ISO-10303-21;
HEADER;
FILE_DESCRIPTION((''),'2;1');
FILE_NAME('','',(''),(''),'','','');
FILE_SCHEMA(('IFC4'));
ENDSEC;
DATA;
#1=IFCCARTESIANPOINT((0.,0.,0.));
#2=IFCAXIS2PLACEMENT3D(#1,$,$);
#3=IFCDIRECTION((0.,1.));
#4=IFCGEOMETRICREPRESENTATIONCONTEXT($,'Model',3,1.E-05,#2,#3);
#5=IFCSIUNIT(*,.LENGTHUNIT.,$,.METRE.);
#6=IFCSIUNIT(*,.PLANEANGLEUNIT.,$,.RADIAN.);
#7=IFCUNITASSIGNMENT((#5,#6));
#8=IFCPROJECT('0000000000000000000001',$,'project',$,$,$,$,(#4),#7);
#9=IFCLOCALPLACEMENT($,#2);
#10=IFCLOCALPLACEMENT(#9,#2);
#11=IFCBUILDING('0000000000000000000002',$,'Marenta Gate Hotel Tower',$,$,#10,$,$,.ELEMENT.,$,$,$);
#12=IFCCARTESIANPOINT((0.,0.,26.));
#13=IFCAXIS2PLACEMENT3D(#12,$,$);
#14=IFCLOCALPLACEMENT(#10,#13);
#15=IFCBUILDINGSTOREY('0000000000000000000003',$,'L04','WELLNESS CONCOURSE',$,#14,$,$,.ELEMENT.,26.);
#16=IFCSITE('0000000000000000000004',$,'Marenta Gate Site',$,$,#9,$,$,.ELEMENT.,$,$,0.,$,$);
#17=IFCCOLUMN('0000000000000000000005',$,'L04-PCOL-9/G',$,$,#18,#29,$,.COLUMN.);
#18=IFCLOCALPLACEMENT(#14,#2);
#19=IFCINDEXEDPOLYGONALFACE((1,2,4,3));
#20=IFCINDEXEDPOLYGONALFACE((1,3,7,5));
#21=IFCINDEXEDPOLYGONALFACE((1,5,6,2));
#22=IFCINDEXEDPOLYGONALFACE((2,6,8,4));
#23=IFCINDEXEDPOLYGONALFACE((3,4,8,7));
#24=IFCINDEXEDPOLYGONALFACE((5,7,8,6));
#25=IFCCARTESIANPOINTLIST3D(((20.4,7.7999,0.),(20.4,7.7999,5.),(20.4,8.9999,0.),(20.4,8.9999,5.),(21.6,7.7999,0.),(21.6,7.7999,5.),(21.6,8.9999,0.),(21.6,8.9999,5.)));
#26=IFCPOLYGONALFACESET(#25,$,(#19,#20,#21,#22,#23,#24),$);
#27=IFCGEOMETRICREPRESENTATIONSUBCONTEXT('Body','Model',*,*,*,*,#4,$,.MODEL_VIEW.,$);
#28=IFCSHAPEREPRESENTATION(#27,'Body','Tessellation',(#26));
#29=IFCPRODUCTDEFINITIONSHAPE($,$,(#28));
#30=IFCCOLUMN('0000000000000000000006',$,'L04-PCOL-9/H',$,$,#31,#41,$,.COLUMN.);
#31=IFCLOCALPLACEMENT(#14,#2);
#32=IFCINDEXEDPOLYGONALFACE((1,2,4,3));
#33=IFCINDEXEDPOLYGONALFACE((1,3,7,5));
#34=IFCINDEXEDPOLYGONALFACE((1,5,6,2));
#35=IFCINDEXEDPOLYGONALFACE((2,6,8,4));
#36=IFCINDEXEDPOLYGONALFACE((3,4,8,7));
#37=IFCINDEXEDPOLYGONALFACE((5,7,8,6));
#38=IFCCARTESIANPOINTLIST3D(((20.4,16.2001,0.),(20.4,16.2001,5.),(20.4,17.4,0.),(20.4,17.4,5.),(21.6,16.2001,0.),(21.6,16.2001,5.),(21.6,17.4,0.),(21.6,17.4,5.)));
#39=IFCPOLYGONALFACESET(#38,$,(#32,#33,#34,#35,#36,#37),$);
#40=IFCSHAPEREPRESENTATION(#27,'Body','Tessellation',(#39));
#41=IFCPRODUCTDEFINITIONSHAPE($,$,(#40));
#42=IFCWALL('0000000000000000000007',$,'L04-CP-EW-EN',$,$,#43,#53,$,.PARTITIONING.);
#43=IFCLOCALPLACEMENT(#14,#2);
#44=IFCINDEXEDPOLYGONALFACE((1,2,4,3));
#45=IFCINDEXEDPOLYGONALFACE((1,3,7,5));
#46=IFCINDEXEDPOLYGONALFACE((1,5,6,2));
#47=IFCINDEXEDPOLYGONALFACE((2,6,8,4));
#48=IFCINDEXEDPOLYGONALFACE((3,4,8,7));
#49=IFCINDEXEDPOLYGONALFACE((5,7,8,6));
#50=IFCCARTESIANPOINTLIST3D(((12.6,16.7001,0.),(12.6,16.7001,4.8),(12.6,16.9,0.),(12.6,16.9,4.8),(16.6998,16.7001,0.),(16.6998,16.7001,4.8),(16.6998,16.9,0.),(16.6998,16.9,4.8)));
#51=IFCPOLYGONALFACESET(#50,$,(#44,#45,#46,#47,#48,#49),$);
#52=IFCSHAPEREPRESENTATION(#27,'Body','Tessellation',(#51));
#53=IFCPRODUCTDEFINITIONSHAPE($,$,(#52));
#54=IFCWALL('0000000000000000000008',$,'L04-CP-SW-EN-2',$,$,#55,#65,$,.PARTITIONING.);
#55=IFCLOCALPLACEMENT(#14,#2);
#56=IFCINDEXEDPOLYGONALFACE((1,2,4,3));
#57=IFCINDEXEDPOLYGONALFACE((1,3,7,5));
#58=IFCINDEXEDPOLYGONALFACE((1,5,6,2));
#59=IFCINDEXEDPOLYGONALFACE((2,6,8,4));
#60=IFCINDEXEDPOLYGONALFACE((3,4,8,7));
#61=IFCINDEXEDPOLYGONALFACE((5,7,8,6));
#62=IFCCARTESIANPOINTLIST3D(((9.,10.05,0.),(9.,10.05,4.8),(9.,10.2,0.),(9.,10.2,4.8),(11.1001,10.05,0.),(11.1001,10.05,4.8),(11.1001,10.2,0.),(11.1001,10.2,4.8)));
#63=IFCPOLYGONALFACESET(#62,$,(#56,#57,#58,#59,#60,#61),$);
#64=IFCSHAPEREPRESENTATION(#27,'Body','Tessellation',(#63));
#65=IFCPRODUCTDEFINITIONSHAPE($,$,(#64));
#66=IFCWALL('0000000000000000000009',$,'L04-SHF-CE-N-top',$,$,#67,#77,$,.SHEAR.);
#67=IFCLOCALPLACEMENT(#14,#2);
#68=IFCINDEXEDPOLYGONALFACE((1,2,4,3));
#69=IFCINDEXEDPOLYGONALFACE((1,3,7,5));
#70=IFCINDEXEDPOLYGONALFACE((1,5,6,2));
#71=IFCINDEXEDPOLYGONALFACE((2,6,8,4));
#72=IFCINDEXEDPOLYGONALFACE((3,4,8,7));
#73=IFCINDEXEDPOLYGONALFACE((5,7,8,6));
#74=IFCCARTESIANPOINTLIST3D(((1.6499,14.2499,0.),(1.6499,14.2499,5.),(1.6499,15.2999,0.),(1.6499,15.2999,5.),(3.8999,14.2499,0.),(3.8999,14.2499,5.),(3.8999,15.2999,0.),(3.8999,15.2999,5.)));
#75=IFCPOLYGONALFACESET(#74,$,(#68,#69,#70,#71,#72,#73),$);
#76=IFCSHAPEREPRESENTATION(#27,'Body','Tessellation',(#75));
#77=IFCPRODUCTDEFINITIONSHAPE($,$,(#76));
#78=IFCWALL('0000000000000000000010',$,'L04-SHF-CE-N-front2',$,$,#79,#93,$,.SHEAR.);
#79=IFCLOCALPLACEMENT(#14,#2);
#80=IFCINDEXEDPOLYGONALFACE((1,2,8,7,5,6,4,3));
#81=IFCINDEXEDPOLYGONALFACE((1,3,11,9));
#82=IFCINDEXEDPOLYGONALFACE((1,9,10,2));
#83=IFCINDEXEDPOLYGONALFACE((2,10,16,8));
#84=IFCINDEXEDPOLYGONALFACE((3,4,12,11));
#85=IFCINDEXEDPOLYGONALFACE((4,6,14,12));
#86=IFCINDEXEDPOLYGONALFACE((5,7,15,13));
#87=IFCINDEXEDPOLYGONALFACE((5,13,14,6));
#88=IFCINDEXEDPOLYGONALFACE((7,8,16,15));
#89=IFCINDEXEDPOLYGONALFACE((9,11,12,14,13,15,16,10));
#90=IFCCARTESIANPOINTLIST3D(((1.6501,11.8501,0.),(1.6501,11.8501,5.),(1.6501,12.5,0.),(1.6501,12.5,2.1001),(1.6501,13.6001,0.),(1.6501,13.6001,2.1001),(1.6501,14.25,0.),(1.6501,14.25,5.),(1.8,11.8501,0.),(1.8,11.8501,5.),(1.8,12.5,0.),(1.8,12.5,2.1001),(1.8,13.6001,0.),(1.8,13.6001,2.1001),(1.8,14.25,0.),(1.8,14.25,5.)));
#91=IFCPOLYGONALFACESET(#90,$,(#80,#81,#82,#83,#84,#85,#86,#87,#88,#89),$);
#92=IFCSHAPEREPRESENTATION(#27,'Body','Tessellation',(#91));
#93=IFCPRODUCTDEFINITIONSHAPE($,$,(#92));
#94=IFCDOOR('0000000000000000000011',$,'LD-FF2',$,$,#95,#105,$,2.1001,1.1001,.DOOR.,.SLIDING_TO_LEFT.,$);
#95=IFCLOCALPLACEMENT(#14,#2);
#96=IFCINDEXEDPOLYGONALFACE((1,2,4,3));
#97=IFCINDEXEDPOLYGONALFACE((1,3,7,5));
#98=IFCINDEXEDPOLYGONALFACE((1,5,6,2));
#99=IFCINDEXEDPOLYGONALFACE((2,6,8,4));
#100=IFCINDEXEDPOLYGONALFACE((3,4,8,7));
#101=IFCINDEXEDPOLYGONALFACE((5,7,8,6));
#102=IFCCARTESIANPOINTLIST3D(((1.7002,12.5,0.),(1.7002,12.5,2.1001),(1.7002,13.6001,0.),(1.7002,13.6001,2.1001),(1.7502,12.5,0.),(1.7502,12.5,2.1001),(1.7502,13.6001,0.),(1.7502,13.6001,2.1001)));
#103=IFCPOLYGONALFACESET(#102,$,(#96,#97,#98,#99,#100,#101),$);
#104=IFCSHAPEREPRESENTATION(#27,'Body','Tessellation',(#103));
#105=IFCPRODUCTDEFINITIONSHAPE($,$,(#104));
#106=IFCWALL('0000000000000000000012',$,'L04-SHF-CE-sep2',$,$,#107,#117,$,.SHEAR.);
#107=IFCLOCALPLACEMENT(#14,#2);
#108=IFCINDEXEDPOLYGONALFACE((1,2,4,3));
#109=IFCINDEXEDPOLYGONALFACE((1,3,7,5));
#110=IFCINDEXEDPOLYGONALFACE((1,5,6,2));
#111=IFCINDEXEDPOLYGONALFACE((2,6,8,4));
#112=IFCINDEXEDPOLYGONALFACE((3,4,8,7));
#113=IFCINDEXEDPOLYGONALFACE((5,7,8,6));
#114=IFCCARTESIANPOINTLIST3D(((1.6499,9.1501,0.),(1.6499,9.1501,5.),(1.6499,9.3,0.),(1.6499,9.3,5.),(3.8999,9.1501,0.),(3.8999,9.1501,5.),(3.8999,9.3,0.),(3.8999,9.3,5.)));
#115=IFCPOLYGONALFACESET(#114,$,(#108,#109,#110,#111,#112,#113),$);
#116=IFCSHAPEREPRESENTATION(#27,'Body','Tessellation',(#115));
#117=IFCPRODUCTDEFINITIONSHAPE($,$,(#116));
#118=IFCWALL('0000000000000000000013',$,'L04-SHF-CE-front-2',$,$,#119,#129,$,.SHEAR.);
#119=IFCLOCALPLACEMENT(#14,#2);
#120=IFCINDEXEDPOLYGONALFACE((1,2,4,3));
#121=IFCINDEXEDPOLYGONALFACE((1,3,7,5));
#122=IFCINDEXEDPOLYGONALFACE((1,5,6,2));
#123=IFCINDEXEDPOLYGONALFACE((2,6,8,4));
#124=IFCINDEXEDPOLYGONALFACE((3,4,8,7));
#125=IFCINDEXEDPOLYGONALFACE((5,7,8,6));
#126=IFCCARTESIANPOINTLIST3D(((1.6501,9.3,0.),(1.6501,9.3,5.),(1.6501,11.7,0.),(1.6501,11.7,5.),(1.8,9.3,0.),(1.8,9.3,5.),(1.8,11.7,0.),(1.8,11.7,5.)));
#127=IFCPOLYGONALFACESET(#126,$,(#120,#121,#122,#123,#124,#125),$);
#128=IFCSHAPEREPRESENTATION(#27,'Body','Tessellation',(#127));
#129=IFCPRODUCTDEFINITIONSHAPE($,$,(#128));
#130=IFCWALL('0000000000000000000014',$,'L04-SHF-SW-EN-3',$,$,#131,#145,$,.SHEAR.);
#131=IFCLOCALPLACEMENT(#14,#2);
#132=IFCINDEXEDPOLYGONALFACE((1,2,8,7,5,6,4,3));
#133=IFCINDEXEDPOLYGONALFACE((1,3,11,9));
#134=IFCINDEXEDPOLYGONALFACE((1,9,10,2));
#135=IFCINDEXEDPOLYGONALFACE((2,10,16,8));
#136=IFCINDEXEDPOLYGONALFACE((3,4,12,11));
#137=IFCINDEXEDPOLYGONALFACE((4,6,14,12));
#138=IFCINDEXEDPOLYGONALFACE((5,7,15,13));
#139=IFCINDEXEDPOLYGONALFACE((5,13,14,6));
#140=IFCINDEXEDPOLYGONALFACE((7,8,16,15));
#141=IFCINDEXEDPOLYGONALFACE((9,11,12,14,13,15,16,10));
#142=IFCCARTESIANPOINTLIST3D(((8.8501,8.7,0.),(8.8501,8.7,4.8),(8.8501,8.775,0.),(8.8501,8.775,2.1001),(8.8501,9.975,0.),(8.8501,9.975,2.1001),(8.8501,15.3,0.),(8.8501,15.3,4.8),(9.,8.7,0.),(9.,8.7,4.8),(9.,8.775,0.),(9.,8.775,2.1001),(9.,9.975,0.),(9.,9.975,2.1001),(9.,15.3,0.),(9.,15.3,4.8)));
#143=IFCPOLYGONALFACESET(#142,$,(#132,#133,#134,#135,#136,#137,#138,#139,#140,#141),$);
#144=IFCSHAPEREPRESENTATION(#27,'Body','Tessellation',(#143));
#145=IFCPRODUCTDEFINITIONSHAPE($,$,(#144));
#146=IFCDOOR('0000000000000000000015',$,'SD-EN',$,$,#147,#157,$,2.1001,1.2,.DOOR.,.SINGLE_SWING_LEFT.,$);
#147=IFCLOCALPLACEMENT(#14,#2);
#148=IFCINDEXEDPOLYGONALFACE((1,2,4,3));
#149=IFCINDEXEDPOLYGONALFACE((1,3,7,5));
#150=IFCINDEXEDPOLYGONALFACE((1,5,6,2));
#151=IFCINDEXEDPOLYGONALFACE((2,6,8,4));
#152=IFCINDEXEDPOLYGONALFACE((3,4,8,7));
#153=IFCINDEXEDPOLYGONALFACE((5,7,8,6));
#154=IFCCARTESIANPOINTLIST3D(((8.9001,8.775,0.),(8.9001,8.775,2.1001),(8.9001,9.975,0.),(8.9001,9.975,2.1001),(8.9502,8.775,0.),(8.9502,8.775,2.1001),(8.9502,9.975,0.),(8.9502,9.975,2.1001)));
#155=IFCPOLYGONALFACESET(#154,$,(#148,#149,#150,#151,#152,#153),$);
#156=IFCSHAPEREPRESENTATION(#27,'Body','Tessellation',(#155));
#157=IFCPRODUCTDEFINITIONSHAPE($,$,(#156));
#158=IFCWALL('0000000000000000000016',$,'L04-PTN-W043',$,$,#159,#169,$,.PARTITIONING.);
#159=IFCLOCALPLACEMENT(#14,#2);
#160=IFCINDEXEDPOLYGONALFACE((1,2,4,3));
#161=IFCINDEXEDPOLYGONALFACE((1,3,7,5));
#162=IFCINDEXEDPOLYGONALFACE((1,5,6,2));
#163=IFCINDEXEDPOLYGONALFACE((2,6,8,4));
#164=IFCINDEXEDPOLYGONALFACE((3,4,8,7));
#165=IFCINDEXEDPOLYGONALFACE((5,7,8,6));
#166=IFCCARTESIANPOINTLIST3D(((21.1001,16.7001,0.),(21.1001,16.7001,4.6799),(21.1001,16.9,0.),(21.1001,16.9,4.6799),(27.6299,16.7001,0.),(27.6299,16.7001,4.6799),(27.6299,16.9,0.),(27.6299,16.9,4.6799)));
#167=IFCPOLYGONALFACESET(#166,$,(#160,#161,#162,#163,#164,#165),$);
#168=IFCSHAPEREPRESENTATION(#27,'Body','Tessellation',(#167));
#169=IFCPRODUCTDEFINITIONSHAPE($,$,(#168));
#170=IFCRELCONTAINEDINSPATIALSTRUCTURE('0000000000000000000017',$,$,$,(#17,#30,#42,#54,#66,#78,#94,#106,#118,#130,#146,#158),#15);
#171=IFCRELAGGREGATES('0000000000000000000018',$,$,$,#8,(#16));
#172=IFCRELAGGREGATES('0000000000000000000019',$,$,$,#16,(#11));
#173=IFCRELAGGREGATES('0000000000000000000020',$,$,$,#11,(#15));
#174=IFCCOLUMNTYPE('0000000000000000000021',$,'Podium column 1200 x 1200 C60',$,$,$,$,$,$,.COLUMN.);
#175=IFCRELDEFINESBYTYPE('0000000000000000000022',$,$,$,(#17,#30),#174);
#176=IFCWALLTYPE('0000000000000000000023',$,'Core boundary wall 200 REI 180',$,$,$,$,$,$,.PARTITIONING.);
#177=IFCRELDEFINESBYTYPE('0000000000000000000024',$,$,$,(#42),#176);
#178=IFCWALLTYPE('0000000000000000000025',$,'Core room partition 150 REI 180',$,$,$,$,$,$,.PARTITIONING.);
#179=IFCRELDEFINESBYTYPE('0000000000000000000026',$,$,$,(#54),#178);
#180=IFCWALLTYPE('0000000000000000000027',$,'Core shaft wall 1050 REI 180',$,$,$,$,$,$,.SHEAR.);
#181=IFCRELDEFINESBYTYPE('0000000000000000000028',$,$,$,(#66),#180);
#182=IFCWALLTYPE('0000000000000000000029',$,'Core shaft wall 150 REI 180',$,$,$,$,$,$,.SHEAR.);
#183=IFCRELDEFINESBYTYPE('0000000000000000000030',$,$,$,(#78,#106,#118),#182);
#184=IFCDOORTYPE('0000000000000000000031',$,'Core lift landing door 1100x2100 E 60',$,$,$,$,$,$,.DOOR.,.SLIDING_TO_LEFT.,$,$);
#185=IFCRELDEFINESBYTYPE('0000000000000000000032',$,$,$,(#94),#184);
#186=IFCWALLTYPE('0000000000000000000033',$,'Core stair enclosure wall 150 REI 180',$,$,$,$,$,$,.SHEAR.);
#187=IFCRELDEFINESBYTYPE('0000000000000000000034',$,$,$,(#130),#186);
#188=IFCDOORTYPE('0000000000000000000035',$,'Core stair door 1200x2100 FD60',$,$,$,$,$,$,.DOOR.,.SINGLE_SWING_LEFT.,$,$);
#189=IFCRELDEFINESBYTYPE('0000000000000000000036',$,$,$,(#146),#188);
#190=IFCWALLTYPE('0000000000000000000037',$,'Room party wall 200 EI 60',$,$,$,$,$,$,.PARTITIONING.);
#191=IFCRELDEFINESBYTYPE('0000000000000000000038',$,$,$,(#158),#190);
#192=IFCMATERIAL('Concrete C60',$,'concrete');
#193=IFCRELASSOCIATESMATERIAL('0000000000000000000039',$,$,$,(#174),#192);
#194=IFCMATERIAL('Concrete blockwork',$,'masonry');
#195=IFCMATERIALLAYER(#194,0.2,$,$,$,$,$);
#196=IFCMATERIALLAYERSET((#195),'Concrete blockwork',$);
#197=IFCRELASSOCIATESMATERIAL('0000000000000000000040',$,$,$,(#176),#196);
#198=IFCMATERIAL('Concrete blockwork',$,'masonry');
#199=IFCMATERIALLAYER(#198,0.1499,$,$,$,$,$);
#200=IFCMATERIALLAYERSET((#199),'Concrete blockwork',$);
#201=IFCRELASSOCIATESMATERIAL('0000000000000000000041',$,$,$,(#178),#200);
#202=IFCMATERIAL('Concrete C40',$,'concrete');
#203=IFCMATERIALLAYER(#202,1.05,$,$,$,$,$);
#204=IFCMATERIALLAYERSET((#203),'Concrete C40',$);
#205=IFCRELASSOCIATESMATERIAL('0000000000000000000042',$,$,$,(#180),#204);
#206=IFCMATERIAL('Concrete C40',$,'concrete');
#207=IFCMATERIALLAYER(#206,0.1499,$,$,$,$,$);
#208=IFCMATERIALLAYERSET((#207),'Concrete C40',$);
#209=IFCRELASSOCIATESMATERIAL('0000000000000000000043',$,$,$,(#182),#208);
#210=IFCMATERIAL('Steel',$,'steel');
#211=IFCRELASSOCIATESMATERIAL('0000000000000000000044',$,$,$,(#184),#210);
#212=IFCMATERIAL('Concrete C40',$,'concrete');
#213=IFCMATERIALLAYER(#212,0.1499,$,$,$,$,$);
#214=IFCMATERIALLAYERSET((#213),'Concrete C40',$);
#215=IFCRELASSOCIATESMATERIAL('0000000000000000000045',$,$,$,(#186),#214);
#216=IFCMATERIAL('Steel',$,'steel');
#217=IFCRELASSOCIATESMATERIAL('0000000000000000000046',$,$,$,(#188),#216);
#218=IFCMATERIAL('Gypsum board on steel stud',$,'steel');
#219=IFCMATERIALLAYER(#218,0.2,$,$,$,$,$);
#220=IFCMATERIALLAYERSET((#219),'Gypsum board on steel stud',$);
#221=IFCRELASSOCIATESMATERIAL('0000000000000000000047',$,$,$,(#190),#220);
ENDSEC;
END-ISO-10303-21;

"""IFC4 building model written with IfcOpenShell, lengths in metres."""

from ifc_helpers import new_model, si_unit, direction, frame, frame_2d, origin, origin_2d, place, context, subcontext, project, spatial, rectangle, extrude, material, layer, layer_set, material_profile, profile_set, type_object, element, fill, save


model = new_model("IFC4")

# Units and contexts
model_context = context("Model", 3, precision=1e-05, world=origin(), true_north=direction((0.0, 1.0)))
body_context = subcontext(model_context, "Body", "Model", "MODEL_VIEW")
ifc_project = project(units=[si_unit("LENGTHUNIT", "METRE"), si_unit("PLANEANGLEUNIT", "RADIAN")], contexts=[model_context])

# Site, building, storey
site_placement = place(None, origin())
site = spatial("IfcSite", under=ifc_project, at=site_placement, Name="Marenta Gate Site", CompositionType="ELEMENT", RefElevation=0.0)
building_placement = place(site_placement, origin())
building = spatial("IfcBuilding", under=site, at=building_placement, Name="Marenta Gate Hotel Tower", CompositionType="ELEMENT")
storey_placement = place(building_placement, frame((0.0, 0.0, 26.0)))
storey = spatial("IfcBuildingStorey", under=building, at=storey_placement, Name="L04", Description="WELLNESS CONCOURSE", CompositionType="ELEMENT", Elevation=26.0)

# Columns
ifc_material_1 = material(Name="Concrete C60", Category="concrete")
ifc_material_profile = material_profile(ifc_material_1, rectangle(XDim=1.2, YDim=1.2, at=origin_2d()), Name="1200 x 1200")
ifc_profile_set = profile_set([ifc_material_profile], Name="Concrete C60")
column_type = type_object("IfcColumnType", Name="Podium column 1200 x 1200 C60", PredefinedType="COLUMN", material=ifc_profile_set)
for number, where, z_axis, x_axis, name in (
    (1, (21.0, 8.3999, 0.0), (0.0, 0.0, 1.0), (1.0, 0.0, 0.0), "L04-PCOL-9/G"),
    (2, (21.0, 16.8, 0.0), (0.0, 0.0, 1.0), (1.0, 0.0, 0.0), "L04-PCOL-9/H"),
):
    element("IfcColumn", number, at=place(storey_placement, frame(where, z_axis=z_axis, x_axis=x_axis)), inside=storey, type_object=column_type, Name=name, PredefinedType="COLUMN", context=body_context, shape_type="SweptSolid", body=[
        extrude(rectangle(XDim=1.2, YDim=1.2, at=origin_2d()), origin(), (0.0, 0.0, 1.0), 5.0),
    ])

# Walls
ifc_material_2 = material(Name="Concrete blockwork", Category="masonry")
ifc_layer_1 = layer(ifc_material_2, 0.2)
ifc_layer_set_1 = layer_set([ifc_layer_1], Name="Concrete blockwork")
wall_type_1 = type_object("IfcWallType", Name="Core boundary wall 200 REI 180", PredefinedType="PARTITIONING", material=ifc_layer_set_1)
wall_1_placement = place(storey_placement, frame((12.6001, 16.8, 0.0), z_axis=(0.0, 0.0, 1.0), x_axis=(1.0, 0.0, 0.0)))
element("IfcWall", 3, at=wall_1_placement, inside=storey, type_object=wall_type_1, Name="L04-CP-EW-EN", PredefinedType="PARTITIONING", context=body_context, shape_type="SweptSolid", body=[
    extrude(rectangle(XDim=4.0999, YDim=0.2, at=frame_2d((2.0498, 0.0))), origin(), (0.0, 0.0, 1.0), 4.8),
])
ifc_material_3 = material(Name="Concrete blockwork", Category="masonry")
ifc_layer_2 = layer(ifc_material_3, 0.1499)
ifc_layer_set_2 = layer_set([ifc_layer_2], Name="Concrete blockwork")
wall_type_2 = type_object("IfcWallType", Name="Core room partition 150 REI 180", PredefinedType="PARTITIONING", material=ifc_layer_set_2)
wall_2_placement = place(storey_placement, frame((9.0, 10.125, 0.0), z_axis=(0.0, 0.0, 1.0), x_axis=(1.0, 0.0, 0.0)))
element("IfcWall", 4, at=wall_2_placement, inside=storey, type_object=wall_type_2, Name="L04-CP-SW-EN-2", PredefinedType="PARTITIONING", context=body_context, shape_type="SweptSolid", body=[
    extrude(rectangle(XDim=2.1001, YDim=0.1499, at=frame_2d((1.05, 0.0))), origin(), (0.0, 0.0, 1.0), 4.8),
])
ifc_material_4 = material(Name="Concrete C40", Category="concrete")
ifc_layer_3 = layer(ifc_material_4, 1.05)
ifc_layer_set_3 = layer_set([ifc_layer_3], Name="Concrete C40")
wall_type_3 = type_object("IfcWallType", Name="Core shaft wall 1050 REI 180", PredefinedType="SHEAR", material=ifc_layer_set_3)
wall_3_placement = place(storey_placement, frame((1.6499, 14.7749, 0.0), z_axis=(0.0, 0.0, 1.0), x_axis=(1.0, 0.0, 0.0)))
element("IfcWall", 5, at=wall_3_placement, inside=storey, type_object=wall_type_3, Name="L04-SHF-CE-N-top", PredefinedType="SHEAR", context=body_context, shape_type="SweptSolid", body=[
    extrude(rectangle(XDim=2.25, YDim=1.05, at=frame_2d((1.125, 0.0))), origin(), (0.0, 0.0, 1.0), 5.0),
])

# Wall, opening, door
ifc_material_5 = material(Name="Concrete C40", Category="concrete")
ifc_layer_4 = layer(ifc_material_5, 0.1499)
ifc_layer_set_4 = layer_set([ifc_layer_4], Name="Concrete C40")
wall_type_4 = type_object("IfcWallType", Name="Core shaft wall 150 REI 180", PredefinedType="SHEAR", material=ifc_layer_set_4)
wall_4_placement = place(storey_placement, frame((1.7251, 11.8501, 0.0), z_axis=(0.0, 0.0, 1.0), x_axis=(0.0, 1.0, 0.0)))
wall_4 = element("IfcWall", 6, at=wall_4_placement, inside=storey, type_object=wall_type_4, Name="L04-SHF-CE-N-front2", PredefinedType="SHEAR", context=body_context, shape_type="SweptSolid", body=[
    extrude(rectangle(XDim=2.3999, YDim=0.1499, at=frame_2d((1.2, 0.0))), origin(), (0.0, 0.0, 1.0), 5.0),
])
opening_1_placement = place(wall_4_placement, frame((0.6499, 0.0, 0.0)))
opening_1 = element("IfcOpeningElement", 7, at=opening_1_placement, cuts=wall_4, PredefinedType="OPENING", context=body_context, shape_type="SweptSolid", body=[
    extrude(rectangle(XDim=1.1001, YDim=2.1001, at=frame_2d((0.55, 1.05))), frame((0.0, 0.075, 0.0), z_axis=(0.0, -1.0, 0.0), x_axis=(1.0, 0.0, 0.0)), (0.0, 0.0, 1.0), 0.1499),
])
ifc_material_6 = material(Name="Steel", Category="steel")
door_type_1 = type_object("IfcDoorType", Name="Core lift landing door 1100x2100 E 60", OperationType="SLIDING_TO_LEFT", PredefinedType="DOOR", material=ifc_material_6)
door_1_placement = place(opening_1_placement, origin())
door_1 = element("IfcDoor", 8, at=door_1_placement, inside=storey, type_object=door_type_1, Name="LD-FF2", OperationType="SLIDING_TO_LEFT", OverallHeight=2.1001, OverallWidth=1.1001, PredefinedType="DOOR", context=body_context, shape_type="SweptSolid", body=[
    extrude(rectangle(XDim=1.1001, YDim=2.1001, at=frame_2d((0.55, 1.05))), frame((0.0, 0.0249, 0.0), z_axis=(0.0, -1.0, 0.0), x_axis=(1.0, 0.0, 0.0)), (0.0, 0.0, 1.0), 0.05),
])
fill(opening_1, door_1)

# Walls
wall_5_placement = place(storey_placement, frame((1.6499, 9.2251, 0.0), z_axis=(0.0, 0.0, 1.0), x_axis=(1.0, 0.0, 0.0)))
element("IfcWall", 9, at=wall_5_placement, inside=storey, type_object=wall_type_4, Name="L04-SHF-CE-sep2", PredefinedType="SHEAR", context=body_context, shape_type="SweptSolid", body=[
    extrude(rectangle(XDim=2.25, YDim=0.1499, at=frame_2d((1.125, 0.0))), origin(), (0.0, 0.0, 1.0), 5.0),
])
wall_6_placement = place(storey_placement, frame((1.7251, 9.3, 0.0), z_axis=(0.0, 0.0, 1.0), x_axis=(0.0, 1.0, 0.0)))
element("IfcWall", 10, at=wall_6_placement, inside=storey, type_object=wall_type_4, Name="L04-SHF-CE-front-2", PredefinedType="SHEAR", context=body_context, shape_type="SweptSolid", body=[
    extrude(rectangle(XDim=2.3999, YDim=0.1499, at=frame_2d((1.2, 0.0))), origin(), (0.0, 0.0, 1.0), 5.0),
])

# Wall, opening, door
ifc_material_7 = material(Name="Concrete C40", Category="concrete")
ifc_layer_5 = layer(ifc_material_7, 0.1499)
ifc_layer_set_5 = layer_set([ifc_layer_5], Name="Concrete C40")
wall_type_5 = type_object("IfcWallType", Name="Core stair enclosure wall 150 REI 180", PredefinedType="SHEAR", material=ifc_layer_set_5)
wall_7_placement = place(storey_placement, frame((8.925, 8.7, 0.0), z_axis=(0.0, 0.0, 1.0), x_axis=(0.0, 1.0, 0.0)))
wall_7 = element("IfcWall", 11, at=wall_7_placement, inside=storey, type_object=wall_type_5, Name="L04-SHF-SW-EN-3", PredefinedType="SHEAR", context=body_context, shape_type="SweptSolid", body=[
    extrude(rectangle(XDim=6.6001, YDim=0.1499, at=frame_2d((3.3, 0.0))), origin(), (0.0, 0.0, 1.0), 4.8),
])
opening_2_placement = place(wall_7_placement, frame((0.075, 0.0, 0.0)))
opening_2 = element("IfcOpeningElement", 12, at=opening_2_placement, cuts=wall_7, PredefinedType="OPENING", context=body_context, shape_type="SweptSolid", body=[
    extrude(rectangle(XDim=1.2, YDim=2.1001, at=frame_2d((0.6001, 1.05))), frame((0.0, 0.075, 0.0), z_axis=(0.0, -1.0, 0.0), x_axis=(1.0, 0.0, 0.0)), (0.0, 0.0, 1.0), 0.1499),
])
ifc_material_8 = material(Name="Steel", Category="steel")
door_type_2 = type_object("IfcDoorType", Name="Core stair door 1200x2100 FD60", OperationType="SINGLE_SWING_LEFT", PredefinedType="DOOR", material=ifc_material_8)
door_2_placement = place(opening_2_placement, origin())
door_2 = element("IfcDoor", 13, at=door_2_placement, inside=storey, type_object=door_type_2, Name="SD-EN", OperationType="SINGLE_SWING_LEFT", OverallHeight=2.1001, OverallWidth=1.2, PredefinedType="DOOR", context=body_context, shape_type="SweptSolid", body=[
    extrude(rectangle(XDim=1.2, YDim=2.1001, at=frame_2d((0.6001, 1.05))), frame((0.0, 0.0249, 0.0), z_axis=(0.0, -1.0, 0.0), x_axis=(1.0, 0.0, 0.0)), (0.0, 0.0, 1.0), 0.05),
])
fill(opening_2, door_2)

# Wall
ifc_material_9 = material(Name="Gypsum board on steel stud", Category="steel")
ifc_layer_6 = layer(ifc_material_9, 0.2)
ifc_layer_set_6 = layer_set([ifc_layer_6], Name="Gypsum board on steel stud")
wall_type_6 = type_object("IfcWallType", Name="Room party wall 200 EI 60", PredefinedType="PARTITIONING", material=ifc_layer_set_6)
wall_8_placement = place(storey_placement, frame((21.1001, 16.8, 0.0), z_axis=(0.0, 0.0, 1.0), x_axis=(1.0, 0.0, 0.0)))
element("IfcWall", 14, at=wall_8_placement, inside=storey, type_object=wall_type_6, Name="L04-PTN-W043", PredefinedType="PARTITIONING", context=body_context, shape_type="SweptSolid", body=[
    extrude(rectangle(XDim=6.5298, YDim=0.2, at=frame_2d((3.2649, 0.0))), origin(), (0.0, 0.0, 1.0), 4.6799),
])

save(model, "model.ifc")
